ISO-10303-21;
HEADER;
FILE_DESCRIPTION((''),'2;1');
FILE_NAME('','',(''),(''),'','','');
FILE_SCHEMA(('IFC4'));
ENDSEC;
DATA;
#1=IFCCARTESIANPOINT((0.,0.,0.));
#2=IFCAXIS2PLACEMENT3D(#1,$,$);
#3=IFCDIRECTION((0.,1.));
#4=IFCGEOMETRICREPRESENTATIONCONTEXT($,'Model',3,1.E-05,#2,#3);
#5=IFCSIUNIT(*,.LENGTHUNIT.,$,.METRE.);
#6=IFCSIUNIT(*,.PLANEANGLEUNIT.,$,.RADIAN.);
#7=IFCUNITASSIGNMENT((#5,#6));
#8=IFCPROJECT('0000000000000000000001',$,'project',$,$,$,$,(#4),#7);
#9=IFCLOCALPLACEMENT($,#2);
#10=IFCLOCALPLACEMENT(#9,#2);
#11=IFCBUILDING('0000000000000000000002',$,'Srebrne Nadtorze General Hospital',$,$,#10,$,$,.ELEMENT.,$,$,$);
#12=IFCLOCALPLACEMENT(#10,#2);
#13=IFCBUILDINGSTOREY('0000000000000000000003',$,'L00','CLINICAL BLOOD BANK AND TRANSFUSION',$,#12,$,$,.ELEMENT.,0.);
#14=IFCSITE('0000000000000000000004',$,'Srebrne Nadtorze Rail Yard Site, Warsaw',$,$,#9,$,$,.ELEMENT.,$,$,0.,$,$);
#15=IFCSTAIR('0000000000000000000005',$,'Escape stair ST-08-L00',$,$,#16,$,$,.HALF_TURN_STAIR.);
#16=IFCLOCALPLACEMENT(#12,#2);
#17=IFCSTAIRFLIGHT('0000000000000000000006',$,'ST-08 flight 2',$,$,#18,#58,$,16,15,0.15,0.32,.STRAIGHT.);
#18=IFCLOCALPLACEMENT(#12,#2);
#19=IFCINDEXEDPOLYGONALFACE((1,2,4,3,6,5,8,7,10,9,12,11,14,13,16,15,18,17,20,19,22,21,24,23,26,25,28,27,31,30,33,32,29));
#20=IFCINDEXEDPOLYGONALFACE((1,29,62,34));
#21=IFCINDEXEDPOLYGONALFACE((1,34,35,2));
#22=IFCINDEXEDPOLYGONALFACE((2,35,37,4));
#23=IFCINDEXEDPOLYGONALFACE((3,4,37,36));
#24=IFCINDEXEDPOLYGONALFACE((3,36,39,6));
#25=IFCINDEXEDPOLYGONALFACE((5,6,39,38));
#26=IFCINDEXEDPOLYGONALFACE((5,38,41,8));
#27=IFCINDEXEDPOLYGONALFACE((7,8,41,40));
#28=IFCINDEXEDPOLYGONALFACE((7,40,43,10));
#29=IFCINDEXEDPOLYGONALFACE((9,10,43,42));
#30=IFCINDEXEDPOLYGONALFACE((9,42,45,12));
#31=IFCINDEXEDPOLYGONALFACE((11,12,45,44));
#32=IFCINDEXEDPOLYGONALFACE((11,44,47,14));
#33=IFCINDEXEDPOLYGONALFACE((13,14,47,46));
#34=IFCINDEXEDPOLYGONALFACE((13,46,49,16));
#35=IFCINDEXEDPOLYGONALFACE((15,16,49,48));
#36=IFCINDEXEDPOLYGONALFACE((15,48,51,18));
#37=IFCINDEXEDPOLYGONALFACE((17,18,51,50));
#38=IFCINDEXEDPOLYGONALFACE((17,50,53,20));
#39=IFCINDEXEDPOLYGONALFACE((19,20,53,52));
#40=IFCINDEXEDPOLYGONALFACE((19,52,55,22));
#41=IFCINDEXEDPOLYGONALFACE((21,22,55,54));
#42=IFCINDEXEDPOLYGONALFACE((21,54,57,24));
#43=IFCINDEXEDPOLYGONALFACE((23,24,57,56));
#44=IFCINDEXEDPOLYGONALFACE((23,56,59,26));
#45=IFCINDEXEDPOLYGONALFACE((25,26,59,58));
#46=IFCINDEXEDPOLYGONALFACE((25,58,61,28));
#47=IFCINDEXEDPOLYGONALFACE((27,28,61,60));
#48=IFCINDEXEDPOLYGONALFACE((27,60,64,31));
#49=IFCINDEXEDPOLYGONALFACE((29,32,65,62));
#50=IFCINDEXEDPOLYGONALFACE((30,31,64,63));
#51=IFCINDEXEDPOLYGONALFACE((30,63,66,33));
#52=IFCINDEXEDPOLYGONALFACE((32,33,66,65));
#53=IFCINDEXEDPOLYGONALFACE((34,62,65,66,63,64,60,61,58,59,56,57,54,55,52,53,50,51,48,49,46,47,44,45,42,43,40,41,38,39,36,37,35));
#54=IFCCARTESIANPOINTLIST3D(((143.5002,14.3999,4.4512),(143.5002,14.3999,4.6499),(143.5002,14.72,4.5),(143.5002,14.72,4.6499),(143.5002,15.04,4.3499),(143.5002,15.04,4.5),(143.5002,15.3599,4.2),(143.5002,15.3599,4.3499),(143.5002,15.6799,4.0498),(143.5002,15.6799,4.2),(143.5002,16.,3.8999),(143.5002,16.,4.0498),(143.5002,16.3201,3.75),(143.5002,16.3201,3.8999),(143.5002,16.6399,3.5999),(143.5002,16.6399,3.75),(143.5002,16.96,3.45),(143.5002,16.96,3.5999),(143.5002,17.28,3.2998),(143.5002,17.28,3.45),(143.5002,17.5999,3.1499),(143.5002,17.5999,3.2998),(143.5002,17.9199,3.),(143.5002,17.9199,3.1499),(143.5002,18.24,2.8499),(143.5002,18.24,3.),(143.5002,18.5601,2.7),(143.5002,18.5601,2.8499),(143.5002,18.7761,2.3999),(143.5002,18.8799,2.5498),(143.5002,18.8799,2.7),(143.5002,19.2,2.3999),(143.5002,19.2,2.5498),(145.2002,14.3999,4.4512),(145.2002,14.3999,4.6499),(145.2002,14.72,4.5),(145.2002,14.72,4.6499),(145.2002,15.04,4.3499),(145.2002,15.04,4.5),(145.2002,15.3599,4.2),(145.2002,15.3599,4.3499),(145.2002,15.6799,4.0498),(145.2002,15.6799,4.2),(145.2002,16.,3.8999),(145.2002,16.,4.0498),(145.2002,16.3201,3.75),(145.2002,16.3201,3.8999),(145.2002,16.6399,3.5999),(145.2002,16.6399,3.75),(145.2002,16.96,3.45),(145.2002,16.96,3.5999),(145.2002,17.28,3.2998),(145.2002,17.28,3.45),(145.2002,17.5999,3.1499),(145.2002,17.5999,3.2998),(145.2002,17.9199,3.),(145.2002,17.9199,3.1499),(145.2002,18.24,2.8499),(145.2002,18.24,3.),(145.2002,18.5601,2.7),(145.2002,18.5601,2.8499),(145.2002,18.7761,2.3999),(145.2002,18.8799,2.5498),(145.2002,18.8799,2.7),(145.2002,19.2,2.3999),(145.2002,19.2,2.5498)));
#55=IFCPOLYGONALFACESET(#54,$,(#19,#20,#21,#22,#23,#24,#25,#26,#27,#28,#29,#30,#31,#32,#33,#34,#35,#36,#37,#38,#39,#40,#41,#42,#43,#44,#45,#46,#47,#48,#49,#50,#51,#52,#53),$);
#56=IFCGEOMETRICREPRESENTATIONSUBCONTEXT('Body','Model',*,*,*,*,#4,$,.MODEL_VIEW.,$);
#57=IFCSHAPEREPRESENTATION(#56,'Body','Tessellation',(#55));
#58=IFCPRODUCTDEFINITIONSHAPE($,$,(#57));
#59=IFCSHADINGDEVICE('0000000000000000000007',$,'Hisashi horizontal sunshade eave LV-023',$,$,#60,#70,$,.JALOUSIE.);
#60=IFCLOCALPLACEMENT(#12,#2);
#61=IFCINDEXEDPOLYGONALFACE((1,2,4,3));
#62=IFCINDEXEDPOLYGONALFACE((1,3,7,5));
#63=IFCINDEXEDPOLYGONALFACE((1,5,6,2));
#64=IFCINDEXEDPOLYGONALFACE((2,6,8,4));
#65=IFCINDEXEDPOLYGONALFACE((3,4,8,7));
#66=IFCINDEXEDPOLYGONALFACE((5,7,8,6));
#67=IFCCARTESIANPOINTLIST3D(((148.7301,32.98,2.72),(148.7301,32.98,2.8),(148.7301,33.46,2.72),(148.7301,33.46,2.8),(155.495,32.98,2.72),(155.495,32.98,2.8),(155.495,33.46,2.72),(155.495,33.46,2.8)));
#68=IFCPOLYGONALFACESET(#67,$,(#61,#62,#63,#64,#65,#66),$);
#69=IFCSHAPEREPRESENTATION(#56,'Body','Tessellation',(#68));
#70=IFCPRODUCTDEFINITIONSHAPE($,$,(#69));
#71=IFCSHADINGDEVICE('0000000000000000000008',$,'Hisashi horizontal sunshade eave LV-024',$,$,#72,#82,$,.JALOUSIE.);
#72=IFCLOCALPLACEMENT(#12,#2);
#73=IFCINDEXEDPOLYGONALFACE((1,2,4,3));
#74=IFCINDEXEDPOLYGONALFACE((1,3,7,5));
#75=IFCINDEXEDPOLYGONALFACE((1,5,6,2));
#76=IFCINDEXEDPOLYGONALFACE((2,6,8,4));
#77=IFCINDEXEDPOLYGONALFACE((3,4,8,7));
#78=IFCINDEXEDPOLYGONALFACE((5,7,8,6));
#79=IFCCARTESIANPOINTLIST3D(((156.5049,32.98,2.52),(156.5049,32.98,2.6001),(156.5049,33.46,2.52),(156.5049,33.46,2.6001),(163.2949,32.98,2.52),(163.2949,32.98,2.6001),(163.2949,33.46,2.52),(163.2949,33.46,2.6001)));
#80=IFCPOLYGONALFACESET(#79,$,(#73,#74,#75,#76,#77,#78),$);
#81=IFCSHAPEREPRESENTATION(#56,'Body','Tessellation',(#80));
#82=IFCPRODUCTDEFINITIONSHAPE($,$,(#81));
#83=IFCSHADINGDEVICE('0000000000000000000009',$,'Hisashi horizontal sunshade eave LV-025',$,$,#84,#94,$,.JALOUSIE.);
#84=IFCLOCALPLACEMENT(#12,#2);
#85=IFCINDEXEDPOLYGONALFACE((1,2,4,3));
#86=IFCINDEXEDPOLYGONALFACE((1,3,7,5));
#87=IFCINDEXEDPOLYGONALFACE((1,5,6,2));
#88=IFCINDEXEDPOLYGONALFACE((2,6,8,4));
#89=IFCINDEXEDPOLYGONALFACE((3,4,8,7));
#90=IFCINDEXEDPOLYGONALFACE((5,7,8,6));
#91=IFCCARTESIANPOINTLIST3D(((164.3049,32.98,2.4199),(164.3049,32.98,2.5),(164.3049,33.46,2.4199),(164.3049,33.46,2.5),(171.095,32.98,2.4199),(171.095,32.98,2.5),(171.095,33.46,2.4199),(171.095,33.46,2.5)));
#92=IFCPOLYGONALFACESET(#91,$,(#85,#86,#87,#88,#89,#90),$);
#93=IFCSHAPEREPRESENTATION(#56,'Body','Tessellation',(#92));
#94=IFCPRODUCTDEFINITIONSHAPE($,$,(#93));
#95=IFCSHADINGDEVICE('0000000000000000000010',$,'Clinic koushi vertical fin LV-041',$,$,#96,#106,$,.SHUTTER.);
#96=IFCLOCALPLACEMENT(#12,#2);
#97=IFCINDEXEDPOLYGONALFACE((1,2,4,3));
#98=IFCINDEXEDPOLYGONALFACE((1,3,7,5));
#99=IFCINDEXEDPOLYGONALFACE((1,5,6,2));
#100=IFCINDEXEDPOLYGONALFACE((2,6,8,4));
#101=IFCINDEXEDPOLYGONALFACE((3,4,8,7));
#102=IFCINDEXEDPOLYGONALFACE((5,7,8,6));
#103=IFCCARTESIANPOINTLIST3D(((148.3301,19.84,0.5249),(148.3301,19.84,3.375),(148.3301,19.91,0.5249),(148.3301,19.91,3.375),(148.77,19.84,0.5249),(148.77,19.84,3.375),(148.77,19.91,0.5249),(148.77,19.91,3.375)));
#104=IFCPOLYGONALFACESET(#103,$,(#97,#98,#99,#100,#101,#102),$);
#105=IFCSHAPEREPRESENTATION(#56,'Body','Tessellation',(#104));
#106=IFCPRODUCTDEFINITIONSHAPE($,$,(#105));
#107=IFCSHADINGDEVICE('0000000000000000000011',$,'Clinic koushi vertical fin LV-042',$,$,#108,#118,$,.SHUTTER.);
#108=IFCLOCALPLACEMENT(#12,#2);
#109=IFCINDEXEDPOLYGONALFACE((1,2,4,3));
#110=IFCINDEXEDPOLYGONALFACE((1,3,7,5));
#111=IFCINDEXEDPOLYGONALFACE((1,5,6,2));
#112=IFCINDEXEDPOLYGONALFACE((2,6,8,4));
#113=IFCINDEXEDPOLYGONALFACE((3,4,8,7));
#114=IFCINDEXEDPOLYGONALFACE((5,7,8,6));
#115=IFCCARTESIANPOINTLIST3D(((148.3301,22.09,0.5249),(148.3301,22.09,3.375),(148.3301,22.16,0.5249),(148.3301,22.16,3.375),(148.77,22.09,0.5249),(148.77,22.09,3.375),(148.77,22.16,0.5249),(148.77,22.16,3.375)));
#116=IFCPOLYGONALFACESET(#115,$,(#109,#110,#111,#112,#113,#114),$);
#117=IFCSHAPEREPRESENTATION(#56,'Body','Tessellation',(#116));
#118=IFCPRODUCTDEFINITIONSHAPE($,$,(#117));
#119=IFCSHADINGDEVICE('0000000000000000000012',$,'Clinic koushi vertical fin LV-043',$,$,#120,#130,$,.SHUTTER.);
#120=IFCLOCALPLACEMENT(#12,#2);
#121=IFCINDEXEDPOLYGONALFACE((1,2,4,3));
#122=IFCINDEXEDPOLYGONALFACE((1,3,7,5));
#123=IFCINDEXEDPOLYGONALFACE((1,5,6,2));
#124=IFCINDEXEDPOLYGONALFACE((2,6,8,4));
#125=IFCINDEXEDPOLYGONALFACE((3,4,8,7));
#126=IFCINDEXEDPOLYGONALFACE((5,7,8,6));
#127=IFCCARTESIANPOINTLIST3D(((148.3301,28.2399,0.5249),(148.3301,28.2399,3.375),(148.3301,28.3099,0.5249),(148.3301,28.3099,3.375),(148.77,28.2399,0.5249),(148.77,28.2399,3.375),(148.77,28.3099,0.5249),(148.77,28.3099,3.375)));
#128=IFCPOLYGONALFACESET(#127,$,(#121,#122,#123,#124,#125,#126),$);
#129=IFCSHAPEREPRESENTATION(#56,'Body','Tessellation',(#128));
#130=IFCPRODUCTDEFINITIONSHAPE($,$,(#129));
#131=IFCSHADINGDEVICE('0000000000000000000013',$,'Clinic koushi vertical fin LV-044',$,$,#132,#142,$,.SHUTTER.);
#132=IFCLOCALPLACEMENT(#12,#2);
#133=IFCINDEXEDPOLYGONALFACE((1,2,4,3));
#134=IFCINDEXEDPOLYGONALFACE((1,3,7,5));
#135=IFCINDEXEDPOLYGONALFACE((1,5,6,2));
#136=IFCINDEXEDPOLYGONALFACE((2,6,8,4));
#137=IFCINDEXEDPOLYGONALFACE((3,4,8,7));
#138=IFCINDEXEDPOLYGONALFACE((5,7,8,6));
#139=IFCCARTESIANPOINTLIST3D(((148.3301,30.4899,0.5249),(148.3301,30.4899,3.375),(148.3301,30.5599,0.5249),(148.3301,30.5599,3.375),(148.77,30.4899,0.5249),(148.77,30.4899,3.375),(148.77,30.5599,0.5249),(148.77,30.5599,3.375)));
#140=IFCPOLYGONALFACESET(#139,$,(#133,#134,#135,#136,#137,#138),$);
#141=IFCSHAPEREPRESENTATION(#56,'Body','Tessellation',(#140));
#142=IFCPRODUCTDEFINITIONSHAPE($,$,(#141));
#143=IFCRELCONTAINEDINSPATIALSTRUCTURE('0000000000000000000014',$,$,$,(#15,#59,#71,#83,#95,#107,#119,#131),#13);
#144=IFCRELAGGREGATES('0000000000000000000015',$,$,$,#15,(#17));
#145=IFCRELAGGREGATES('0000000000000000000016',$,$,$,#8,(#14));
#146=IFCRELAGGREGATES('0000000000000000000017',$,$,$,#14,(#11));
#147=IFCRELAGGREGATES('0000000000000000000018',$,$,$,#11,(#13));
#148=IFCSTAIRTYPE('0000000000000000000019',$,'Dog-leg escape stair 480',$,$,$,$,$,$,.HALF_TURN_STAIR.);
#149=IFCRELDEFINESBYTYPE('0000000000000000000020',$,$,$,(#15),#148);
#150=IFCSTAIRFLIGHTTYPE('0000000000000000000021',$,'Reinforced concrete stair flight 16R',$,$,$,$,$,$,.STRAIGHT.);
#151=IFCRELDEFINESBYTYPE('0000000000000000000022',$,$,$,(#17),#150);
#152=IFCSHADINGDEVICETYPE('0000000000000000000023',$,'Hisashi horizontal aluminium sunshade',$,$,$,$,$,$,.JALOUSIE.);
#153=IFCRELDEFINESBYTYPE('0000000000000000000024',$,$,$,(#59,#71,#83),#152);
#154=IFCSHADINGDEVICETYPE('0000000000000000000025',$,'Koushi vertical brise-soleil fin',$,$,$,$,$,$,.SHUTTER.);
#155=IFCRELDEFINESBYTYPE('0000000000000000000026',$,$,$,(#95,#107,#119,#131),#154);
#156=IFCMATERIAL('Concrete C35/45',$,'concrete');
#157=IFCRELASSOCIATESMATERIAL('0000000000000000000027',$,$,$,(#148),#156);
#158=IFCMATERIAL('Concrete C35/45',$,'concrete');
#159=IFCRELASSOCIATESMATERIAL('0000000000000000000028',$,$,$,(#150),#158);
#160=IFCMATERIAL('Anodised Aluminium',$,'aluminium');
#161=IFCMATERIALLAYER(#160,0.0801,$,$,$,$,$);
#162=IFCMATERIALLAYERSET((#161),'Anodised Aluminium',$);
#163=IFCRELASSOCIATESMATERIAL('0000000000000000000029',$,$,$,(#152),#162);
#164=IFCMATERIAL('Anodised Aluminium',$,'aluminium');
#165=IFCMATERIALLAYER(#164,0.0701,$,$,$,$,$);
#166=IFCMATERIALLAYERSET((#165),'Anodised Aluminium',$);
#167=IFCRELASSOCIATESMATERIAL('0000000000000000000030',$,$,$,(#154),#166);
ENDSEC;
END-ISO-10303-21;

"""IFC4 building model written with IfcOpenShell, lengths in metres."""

from ifc_helpers import new_model, si_unit, direction, frame, origin, origin_2d, place, context, subcontext, project, spatial, polyline, rectangle, outline, extrude, material, layer, layer_set, type_object, element, aggregate, save


model = new_model("IFC4")

# Units and contexts
model_context = context("Model", 3, precision=1e-05, world=origin(), true_north=direction((0.0, 1.0)))
body_context = subcontext(model_context, "Body", "Model", "MODEL_VIEW")
ifc_project = project(units=[si_unit("LENGTHUNIT", "METRE"), si_unit("PLANEANGLEUNIT", "RADIAN")], contexts=[model_context])

# Site, building, storey
site_placement = place(None, origin())
site = spatial("IfcSite", under=ifc_project, at=site_placement, Name="Srebrne Nadtorze Rail Yard Site, Warsaw", CompositionType="ELEMENT", RefElevation=0.0)
building_placement = place(site_placement, origin())
building = spatial("IfcBuilding", under=site, at=building_placement, Name="Srebrne Nadtorze General Hospital", CompositionType="ELEMENT")
storey_placement = place(building_placement, origin())
storey = spatial("IfcBuildingStorey", under=building, at=storey_placement, Name="L00", Description="CLINICAL BLOOD BANK AND TRANSFUSION", CompositionType="ELEMENT", Elevation=0.0)

# Stair, stair flight
ifc_material_1 = material(Name="Concrete C35/45", Category="concrete")
stair_type = type_object("IfcStairType", Name="Dog-leg escape stair 480", PredefinedType="HALF_TURN_STAIR", material=ifc_material_1)
stair_placement = place(storey_placement, origin())
stair = element("IfcStair", 1, at=stair_placement, inside=storey, type_object=stair_type, Name="Escape stair ST-08-L00", PredefinedType="HALF_TURN_STAIR")
ifc_material_2 = material(Name="Concrete C35/45", Category="concrete")
stair_flight_type = type_object("IfcStairFlightType", Name="Reinforced concrete stair flight 16R", PredefinedType="STRAIGHT", material=ifc_material_2)
stair_flight_placement = place(storey_placement, frame((144.3501, 19.2, 2.3999), z_axis=(0.0, 0.0, 1.0), x_axis=(0.0, -1.0, 0.0)))
stair_flight = element("IfcStairFlight", 2, at=stair_flight_placement, type_object=stair_flight_type, Name="ST-08 flight 2", NumberOfRisers=16, NumberOfTreads=15, PredefinedType="STRAIGHT", RiserHeight=0.15, TreadLength=0.32, context=body_context, shape_type="SweptSolid", body=[
    extrude(outline(polyline([(0.0, 0.0), (0.0, 0.1499), (0.3201, 0.1499), (0.3201, 0.3), (0.6399, 0.3), (0.6399, 0.45), (0.96, 0.45), (0.96, 0.6001), (1.28, 0.6001), (1.28, 0.75), (1.6001, 0.75), (1.6001, 0.8999), (1.9199, 0.8999), (1.9199, 1.05), (2.24, 1.05), (2.24, 1.2), (2.5601, 1.2), (2.5601, 1.3501), (2.8799, 1.3501), (2.8799, 1.5), (3.2, 1.5), (3.2, 1.6499), (3.52, 1.6499), (3.52, 1.8), (3.8401, 1.8), (3.8401, 1.95), (4.1599, 1.95), (4.1599, 2.1001), (4.48, 2.1001), (4.48, 2.25), (4.8, 2.25), (4.8, 2.3999), (4.8, 2.0513), (0.4238, 0.0), (0.0, 0.0)])), frame((0.0, 0.8501, 0.0), z_axis=(0.0, -1.0, 0.0), x_axis=(1.0, 0.0, 0.0)), (0.0, 0.0, 1.0), 1.7),
])
aggregate(stair, [stair_flight])

# Shading devices
ifc_material_3 = material(Name="Anodised Aluminium", Category="aluminium")
ifc_layer_1 = layer(ifc_material_3, 0.0801)
ifc_layer_set_1 = layer_set([ifc_layer_1], Name="Anodised Aluminium")
shading_device_type_1 = type_object("IfcShadingDeviceType", Name="Hisashi horizontal aluminium sunshade", PredefinedType="JALOUSIE", material=ifc_layer_set_1)
shading_device_placement = place(storey_placement, frame((152.1125, 33.22, 2.72), z_axis=(0.0, 0.0, 1.0), x_axis=(1.0, 0.0, 0.0)))
element("IfcShadingDevice", 3, at=shading_device_placement, inside=storey, type_object=shading_device_type_1, Name="Hisashi horizontal sunshade eave LV-023", PredefinedType="JALOUSIE", context=body_context, shape_type="SweptSolid", body=[
    extrude(rectangle(XDim=6.7649, YDim=0.48, at=origin_2d()), origin(), (0.0, 0.0, 1.0), 0.0801),
])
for number, where, z_axis, x_axis, name in (
    (4, (159.8999, 33.22, 2.52), (0.0, 0.0, 1.0), (1.0, 0.0, 0.0), "Hisashi horizontal sunshade eave LV-024"),
    (5, (167.7, 33.22, 2.4199), (0.0, 0.0, 1.0), (1.0, 0.0, 0.0), "Hisashi horizontal sunshade eave LV-025"),
):
    element("IfcShadingDevice", number, at=place(storey_placement, frame(where, z_axis=z_axis, x_axis=x_axis)), inside=storey, type_object=shading_device_type_1, Name=name, PredefinedType="JALOUSIE", context=body_context, shape_type="SweptSolid", body=[
        extrude(rectangle(XDim=6.79, YDim=0.48, at=origin_2d()), origin(), (0.0, 0.0, 1.0), 0.0801),
    ])
ifc_material_4 = material(Name="Anodised Aluminium", Category="aluminium")
ifc_layer_2 = layer(ifc_material_4, 0.0701)
ifc_layer_set_2 = layer_set([ifc_layer_2], Name="Anodised Aluminium")
shading_device_type_2 = type_object("IfcShadingDeviceType", Name="Koushi vertical brise-soleil fin", PredefinedType="SHUTTER", material=ifc_layer_set_2)
for number, where, z_axis, x_axis, name in (
    (6, (148.55, 19.875, 0.5249), (0.0, 0.0, 1.0), (1.0, 0.0, 0.0), "Clinic koushi vertical fin LV-041"),
    (7, (148.55, 22.125, 0.5249), (0.0, 0.0, 1.0), (1.0, 0.0, 0.0), "Clinic koushi vertical fin LV-042"),
    (8, (148.55, 28.2749, 0.5249), (0.0, 0.0, 1.0), (1.0, 0.0, 0.0), "Clinic koushi vertical fin LV-043"),
    (9, (148.55, 30.5249, 0.5249), (0.0, 0.0, 1.0), (1.0, 0.0, 0.0), "Clinic koushi vertical fin LV-044"),
):
    element("IfcShadingDevice", number, at=place(storey_placement, frame(where, z_axis=z_axis, x_axis=x_axis)), inside=storey, type_object=shading_device_type_2, Name=name, PredefinedType="SHUTTER", context=body_context, shape_type="SweptSolid", body=[
        extrude(rectangle(XDim=0.4399, YDim=0.0701, at=origin_2d()), origin(), (0.0, 0.0, 1.0), 2.8501),
    ])

save(model, "model.ifc")
